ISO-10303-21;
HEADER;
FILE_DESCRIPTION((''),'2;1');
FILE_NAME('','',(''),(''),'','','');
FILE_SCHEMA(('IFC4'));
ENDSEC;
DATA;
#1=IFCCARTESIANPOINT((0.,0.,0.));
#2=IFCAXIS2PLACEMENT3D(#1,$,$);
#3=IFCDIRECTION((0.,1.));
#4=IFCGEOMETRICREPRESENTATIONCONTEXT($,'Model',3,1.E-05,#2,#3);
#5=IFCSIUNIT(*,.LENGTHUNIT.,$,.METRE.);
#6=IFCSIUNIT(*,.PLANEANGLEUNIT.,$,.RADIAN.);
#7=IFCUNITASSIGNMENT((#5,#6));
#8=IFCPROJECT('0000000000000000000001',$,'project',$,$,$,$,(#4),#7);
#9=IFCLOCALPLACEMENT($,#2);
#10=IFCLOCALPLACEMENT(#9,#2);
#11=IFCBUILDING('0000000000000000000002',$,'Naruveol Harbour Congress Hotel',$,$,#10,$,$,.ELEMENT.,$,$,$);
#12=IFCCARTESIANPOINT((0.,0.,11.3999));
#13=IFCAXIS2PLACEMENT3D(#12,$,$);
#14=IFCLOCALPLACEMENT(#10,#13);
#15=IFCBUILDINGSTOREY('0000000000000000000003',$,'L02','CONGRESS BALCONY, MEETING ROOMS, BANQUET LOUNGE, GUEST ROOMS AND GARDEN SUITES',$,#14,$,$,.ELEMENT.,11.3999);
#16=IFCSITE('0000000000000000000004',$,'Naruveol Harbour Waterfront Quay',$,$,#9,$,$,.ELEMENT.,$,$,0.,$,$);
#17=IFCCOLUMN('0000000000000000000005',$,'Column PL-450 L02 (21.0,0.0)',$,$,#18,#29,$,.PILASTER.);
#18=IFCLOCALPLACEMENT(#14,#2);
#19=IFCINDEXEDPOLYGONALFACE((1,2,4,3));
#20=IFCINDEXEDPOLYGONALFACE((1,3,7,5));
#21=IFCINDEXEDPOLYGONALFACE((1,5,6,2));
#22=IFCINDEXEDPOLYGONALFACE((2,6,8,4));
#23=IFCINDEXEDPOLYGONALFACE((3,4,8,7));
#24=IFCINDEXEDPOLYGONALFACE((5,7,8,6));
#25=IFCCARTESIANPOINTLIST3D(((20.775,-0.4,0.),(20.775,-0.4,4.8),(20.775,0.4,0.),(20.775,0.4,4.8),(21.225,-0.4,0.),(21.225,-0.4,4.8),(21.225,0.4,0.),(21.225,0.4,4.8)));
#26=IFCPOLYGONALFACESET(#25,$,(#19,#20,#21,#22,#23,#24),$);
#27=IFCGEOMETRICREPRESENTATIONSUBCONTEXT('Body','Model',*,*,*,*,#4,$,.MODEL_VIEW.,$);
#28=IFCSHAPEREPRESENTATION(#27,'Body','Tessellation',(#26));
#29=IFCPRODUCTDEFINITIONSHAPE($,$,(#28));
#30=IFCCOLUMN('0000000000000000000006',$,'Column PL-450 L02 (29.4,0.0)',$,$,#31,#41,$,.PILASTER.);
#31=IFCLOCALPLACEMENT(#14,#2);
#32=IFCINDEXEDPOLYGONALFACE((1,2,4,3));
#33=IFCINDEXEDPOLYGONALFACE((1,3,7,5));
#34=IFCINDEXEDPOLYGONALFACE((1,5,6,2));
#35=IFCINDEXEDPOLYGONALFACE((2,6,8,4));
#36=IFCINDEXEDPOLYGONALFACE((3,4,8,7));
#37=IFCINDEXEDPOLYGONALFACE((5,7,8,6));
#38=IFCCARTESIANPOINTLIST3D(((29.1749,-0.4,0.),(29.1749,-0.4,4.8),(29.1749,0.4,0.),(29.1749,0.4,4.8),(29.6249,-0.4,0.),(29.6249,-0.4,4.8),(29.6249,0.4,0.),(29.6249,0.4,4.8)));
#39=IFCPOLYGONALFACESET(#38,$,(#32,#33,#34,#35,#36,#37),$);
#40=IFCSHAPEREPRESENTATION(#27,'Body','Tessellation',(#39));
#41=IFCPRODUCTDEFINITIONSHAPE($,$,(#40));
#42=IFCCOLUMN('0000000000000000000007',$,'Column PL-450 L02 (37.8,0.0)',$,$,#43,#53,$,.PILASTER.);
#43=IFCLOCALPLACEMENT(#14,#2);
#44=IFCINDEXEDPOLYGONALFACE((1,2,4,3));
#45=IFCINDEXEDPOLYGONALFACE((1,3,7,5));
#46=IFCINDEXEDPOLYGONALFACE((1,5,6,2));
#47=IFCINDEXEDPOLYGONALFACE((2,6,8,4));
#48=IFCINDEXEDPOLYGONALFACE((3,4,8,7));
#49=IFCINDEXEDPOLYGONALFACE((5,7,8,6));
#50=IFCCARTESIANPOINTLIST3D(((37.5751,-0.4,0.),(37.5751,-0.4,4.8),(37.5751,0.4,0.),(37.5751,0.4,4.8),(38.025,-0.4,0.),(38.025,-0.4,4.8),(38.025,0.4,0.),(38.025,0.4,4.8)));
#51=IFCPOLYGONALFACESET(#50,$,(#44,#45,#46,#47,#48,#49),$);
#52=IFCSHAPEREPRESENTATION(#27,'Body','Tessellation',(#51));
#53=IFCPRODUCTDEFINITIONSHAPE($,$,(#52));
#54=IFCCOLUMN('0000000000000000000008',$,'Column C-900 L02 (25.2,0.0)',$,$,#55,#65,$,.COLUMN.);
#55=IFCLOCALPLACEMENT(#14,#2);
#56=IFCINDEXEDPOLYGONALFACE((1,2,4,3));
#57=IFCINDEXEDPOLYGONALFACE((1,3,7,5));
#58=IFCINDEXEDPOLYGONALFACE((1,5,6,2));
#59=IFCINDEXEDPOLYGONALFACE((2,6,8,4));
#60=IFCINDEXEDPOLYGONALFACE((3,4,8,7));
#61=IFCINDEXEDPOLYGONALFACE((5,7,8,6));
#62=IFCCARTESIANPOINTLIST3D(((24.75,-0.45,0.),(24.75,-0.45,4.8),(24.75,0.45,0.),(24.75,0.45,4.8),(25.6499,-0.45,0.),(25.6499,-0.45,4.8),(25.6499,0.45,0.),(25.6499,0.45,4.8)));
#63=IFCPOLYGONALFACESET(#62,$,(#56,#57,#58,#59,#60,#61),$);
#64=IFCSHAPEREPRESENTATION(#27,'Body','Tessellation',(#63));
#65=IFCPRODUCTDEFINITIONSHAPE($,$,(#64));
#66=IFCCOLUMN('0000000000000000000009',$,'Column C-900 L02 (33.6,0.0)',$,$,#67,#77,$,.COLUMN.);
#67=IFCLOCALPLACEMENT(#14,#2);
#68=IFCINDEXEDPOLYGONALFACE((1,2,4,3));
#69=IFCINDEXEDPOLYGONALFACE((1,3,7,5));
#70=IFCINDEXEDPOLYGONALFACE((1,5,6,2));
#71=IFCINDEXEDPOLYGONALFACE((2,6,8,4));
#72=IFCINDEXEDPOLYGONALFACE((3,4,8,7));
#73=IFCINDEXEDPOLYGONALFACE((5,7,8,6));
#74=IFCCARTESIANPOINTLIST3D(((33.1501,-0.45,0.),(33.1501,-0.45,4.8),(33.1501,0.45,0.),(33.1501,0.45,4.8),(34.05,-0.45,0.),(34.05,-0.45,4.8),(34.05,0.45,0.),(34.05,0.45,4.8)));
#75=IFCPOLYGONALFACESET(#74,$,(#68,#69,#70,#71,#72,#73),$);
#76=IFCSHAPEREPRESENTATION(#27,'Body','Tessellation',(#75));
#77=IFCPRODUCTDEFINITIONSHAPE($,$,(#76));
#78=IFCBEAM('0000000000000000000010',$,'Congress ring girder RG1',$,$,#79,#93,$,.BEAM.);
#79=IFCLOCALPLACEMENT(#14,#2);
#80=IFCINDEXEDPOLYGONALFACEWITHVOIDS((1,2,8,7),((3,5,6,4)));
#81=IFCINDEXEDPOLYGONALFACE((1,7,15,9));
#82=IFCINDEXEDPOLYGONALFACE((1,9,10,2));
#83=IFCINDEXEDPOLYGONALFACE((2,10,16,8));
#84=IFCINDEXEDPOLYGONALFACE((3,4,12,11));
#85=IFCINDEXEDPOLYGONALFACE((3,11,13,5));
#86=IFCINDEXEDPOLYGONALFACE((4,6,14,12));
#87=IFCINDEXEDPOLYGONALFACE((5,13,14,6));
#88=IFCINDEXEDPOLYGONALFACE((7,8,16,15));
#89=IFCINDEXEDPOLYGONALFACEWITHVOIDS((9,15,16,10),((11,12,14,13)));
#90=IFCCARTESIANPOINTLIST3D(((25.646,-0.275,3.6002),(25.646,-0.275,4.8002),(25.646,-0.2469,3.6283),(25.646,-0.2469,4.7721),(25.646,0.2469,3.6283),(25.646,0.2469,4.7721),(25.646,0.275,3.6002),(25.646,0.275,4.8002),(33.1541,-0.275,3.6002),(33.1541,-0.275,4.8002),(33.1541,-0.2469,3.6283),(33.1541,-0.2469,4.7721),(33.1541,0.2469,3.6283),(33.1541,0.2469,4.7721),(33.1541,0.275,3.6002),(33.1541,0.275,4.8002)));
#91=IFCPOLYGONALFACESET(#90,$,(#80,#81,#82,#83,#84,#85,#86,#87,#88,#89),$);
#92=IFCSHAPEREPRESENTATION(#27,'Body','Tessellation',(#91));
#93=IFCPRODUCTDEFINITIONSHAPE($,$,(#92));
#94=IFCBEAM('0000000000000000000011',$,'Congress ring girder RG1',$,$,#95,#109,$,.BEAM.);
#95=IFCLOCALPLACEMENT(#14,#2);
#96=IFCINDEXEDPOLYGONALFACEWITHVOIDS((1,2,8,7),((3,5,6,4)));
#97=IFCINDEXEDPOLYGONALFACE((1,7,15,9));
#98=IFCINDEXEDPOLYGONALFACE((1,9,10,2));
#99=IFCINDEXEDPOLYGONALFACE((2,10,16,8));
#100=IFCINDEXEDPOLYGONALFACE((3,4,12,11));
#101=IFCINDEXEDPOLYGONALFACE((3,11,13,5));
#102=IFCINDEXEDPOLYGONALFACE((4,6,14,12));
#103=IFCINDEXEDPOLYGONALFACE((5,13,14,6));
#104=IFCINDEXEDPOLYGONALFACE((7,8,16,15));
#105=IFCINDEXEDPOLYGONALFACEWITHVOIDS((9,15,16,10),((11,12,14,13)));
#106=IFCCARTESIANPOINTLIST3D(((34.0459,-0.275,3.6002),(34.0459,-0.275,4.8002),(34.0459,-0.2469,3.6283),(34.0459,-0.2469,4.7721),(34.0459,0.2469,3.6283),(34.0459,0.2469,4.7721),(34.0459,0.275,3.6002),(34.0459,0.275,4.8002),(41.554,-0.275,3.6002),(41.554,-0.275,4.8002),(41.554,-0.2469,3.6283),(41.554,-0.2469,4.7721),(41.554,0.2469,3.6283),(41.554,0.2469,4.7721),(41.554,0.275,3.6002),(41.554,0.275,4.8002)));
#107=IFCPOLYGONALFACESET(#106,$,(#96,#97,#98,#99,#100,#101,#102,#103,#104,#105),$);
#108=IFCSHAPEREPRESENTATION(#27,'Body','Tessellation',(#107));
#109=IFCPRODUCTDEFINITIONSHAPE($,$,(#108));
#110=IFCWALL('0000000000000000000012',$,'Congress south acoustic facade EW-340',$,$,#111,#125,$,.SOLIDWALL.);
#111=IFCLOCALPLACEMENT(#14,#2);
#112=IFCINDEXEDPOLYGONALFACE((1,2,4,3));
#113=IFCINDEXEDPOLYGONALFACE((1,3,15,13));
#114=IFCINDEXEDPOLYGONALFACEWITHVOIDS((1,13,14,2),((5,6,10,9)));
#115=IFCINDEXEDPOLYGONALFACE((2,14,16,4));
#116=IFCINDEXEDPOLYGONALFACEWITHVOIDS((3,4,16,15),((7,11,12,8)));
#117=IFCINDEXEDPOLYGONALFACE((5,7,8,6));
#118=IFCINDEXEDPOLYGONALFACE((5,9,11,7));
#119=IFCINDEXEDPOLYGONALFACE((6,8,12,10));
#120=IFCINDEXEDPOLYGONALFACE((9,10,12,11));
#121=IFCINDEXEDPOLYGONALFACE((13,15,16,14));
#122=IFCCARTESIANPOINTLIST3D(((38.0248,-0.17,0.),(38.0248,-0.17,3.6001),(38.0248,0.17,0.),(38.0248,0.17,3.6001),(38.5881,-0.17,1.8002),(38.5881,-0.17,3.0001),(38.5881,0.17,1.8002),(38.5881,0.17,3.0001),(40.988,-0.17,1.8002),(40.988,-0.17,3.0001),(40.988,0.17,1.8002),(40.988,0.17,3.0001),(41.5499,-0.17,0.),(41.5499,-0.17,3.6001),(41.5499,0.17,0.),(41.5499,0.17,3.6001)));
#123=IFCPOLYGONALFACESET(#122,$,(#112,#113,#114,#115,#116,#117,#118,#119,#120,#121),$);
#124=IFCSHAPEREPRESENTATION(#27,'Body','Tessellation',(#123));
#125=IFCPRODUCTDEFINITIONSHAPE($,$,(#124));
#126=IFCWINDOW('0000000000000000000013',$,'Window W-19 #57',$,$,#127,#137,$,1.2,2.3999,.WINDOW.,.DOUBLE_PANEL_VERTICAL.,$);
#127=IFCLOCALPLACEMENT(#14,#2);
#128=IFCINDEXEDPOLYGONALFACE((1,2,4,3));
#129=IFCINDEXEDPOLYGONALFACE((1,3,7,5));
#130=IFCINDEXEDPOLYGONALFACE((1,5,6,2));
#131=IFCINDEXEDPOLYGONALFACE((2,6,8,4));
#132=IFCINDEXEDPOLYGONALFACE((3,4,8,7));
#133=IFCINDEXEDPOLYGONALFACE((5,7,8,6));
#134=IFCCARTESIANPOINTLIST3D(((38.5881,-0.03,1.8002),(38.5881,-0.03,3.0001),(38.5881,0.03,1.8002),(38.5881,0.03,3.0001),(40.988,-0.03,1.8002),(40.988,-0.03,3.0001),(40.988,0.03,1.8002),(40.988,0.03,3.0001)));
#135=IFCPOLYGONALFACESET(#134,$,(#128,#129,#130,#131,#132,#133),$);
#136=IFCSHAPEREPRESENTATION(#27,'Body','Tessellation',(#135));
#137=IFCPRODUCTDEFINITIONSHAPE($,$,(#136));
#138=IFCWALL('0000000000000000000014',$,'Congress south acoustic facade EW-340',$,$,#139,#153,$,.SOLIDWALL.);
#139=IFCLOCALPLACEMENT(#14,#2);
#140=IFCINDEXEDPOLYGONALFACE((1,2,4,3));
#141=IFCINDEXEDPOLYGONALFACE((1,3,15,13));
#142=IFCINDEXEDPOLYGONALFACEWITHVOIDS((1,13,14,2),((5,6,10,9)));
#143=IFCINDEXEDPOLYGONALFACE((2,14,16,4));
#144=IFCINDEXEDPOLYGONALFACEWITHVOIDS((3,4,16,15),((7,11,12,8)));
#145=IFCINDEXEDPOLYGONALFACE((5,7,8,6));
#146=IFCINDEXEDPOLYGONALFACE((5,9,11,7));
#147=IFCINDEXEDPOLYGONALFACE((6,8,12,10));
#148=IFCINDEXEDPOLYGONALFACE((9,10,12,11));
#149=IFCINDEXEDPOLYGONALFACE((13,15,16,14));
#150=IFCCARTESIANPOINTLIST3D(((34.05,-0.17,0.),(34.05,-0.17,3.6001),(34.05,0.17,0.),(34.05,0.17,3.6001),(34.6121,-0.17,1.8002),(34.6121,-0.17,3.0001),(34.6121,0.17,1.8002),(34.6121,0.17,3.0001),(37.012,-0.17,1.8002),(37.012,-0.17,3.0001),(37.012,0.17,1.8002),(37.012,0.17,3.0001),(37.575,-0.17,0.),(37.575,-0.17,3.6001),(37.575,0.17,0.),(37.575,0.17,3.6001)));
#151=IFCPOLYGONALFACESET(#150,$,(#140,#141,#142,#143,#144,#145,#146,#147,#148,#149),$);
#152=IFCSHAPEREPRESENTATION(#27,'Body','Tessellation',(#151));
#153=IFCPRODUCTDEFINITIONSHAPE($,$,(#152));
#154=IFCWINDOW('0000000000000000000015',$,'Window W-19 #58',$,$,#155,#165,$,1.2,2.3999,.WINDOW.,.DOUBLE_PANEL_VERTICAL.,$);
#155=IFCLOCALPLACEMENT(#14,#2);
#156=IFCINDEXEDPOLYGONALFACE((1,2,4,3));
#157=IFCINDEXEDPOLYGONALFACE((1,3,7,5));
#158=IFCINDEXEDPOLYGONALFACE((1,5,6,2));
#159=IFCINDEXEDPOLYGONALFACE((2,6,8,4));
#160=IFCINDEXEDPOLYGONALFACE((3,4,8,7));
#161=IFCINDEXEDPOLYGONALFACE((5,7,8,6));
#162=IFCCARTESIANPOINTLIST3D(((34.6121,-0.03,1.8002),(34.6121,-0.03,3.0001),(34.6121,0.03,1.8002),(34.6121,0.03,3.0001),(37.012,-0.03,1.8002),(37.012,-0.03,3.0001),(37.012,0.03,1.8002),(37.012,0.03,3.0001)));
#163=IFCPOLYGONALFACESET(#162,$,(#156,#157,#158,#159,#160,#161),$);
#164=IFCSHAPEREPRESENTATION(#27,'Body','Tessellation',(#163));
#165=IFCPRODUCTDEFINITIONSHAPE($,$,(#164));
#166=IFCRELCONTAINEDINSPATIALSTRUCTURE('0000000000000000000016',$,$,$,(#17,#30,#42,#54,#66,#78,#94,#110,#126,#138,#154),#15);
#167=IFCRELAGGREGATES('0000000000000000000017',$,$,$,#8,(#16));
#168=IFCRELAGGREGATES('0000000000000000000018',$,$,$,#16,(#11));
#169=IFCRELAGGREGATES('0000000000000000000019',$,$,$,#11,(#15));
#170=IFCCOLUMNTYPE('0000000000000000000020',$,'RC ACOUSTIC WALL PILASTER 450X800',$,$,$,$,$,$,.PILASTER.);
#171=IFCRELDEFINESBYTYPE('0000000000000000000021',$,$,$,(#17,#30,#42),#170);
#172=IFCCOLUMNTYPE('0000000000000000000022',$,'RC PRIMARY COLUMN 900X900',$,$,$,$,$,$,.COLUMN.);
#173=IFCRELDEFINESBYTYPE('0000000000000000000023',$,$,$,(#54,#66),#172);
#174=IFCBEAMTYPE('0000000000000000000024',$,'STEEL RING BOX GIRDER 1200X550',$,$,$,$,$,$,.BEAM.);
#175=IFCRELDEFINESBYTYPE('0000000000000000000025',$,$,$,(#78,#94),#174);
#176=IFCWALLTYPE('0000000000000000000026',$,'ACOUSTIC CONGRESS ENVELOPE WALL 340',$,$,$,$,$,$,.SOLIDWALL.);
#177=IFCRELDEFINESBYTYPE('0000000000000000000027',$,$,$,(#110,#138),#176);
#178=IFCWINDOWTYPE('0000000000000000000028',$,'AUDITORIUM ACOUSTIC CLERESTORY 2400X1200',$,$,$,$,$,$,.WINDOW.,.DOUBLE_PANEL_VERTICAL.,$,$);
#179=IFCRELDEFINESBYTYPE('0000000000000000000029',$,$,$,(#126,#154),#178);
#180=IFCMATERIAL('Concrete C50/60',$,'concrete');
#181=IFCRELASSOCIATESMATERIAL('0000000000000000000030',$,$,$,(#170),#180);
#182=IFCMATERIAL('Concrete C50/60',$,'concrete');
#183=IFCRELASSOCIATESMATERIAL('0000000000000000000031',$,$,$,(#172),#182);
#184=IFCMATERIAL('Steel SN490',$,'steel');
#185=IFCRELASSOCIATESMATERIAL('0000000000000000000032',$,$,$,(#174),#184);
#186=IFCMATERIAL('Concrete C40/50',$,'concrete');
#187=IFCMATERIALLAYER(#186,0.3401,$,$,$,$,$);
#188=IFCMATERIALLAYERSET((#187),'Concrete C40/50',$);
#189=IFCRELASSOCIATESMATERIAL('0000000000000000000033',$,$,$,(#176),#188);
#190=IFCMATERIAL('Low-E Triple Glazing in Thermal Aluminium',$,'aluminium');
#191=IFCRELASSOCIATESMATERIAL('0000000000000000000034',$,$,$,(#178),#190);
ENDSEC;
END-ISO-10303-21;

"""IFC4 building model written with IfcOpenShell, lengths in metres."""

from ifc_helpers import new_model, si_unit, direction, frame, frame_2d, origin, origin_2d, place, context, subcontext, project, spatial, rectangle, hollow_rectangle, extrude, material, layer, layer_set, material_profile, profile_set, type_object, element, fill, save


model = new_model("IFC4")

# Units and contexts
model_context = context("Model", 3, precision=1e-05, world=origin(), true_north=direction((0.0, 1.0)))
body_context = subcontext(model_context, "Body", "Model", "MODEL_VIEW")
ifc_project = project(units=[si_unit("LENGTHUNIT", "METRE"), si_unit("PLANEANGLEUNIT", "RADIAN")], contexts=[model_context])

# Site, building, storey
site_placement = place(None, origin())
site = spatial("IfcSite", under=ifc_project, at=site_placement, Name="Naruveol Harbour Waterfront Quay", CompositionType="ELEMENT", RefElevation=0.0)
building_placement = place(site_placement, origin())
building = spatial("IfcBuilding", under=site, at=building_placement, Name="Naruveol Harbour Congress Hotel", CompositionType="ELEMENT")
storey_placement = place(building_placement, frame((0.0, 0.0, 11.3999)))
storey = spatial("IfcBuildingStorey", under=building, at=storey_placement, Name="L02", Description="CONGRESS BALCONY, MEETING ROOMS, BANQUET LOUNGE, GUEST ROOMS AND GARDEN SUITES", CompositionType="ELEMENT", Elevation=11.3999)

# Columns
ifc_material_1 = material(Name="Concrete C50/60", Category="concrete")
ifc_material_profile_1 = material_profile(ifc_material_1, rectangle(XDim=0.45, YDim=0.8, at=origin_2d()), Name="RC-450x800")
ifc_profile_set_1 = profile_set([ifc_material_profile_1], Name="Concrete C50/60")
column_type_1 = type_object("IfcColumnType", Name="RC ACOUSTIC WALL PILASTER 450X800", PredefinedType="PILASTER", material=ifc_profile_set_1)
for number, where, z_axis, x_axis, name in (
    (1, (21.0, 0.0, 0.0), (0.0, 0.0, 1.0), (1.0, 0.0, 0.0), "Column PL-450 L02 (21.0,0.0)"),
    (2, (29.3999, 0.0, 0.0), (0.0, 0.0, 1.0), (1.0, 0.0, 0.0), "Column PL-450 L02 (29.4,0.0)"),
    (3, (37.8, 0.0, 0.0), (0.0, 0.0, 1.0), (1.0, 0.0, 0.0), "Column PL-450 L02 (37.8,0.0)"),
):
    element("IfcColumn", number, at=place(storey_placement, frame(where, z_axis=z_axis, x_axis=x_axis)), inside=storey, type_object=column_type_1, Name=name, PredefinedType="PILASTER", context=body_context, shape_type="SweptSolid", body=[
        extrude(rectangle(XDim=0.45, YDim=0.8, at=origin_2d()), origin(), (0.0, 0.0, 1.0), 4.8),
    ])
ifc_material_2 = material(Name="Concrete C50/60", Category="concrete")
ifc_material_profile_2 = material_profile(ifc_material_2, rectangle(XDim=0.8999, YDim=0.8999, at=origin_2d()), Name="RC-900x900")
ifc_profile_set_2 = profile_set([ifc_material_profile_2], Name="Concrete C50/60")
column_type_2 = type_object("IfcColumnType", Name="RC PRIMARY COLUMN 900X900", PredefinedType="COLUMN", material=ifc_profile_set_2)
for number, where, z_axis, x_axis, name in (
    (4, (25.2, 0.0, 0.0), (0.0, 0.0, 1.0), (1.0, 0.0, 0.0), "Column C-900 L02 (25.2,0.0)"),
    (5, (33.6001, 0.0, 0.0), (0.0, 0.0, 1.0), (1.0, 0.0, 0.0), "Column C-900 L02 (33.6,0.0)"),
):
    element("IfcColumn", number, at=place(storey_placement, frame(where, z_axis=z_axis, x_axis=x_axis)), inside=storey, type_object=column_type_2, Name=name, PredefinedType="COLUMN", context=body_context, shape_type="SweptSolid", body=[
        extrude(rectangle(XDim=0.8999, YDim=0.8999, at=origin_2d()), origin(), (0.0, 0.0, 1.0), 4.8),
    ])

# Beams
ifc_material_3 = material(Name="Steel SN490", Category="steel")
ifc_material_profile_3 = material_profile(ifc_material_3, hollow_rectangle(XDim=0.55, YDim=1.2, WallThickness=0.0281, at=origin_2d()), Name="RHS-1200x550x28")
ifc_profile_set_3 = profile_set([ifc_material_profile_3], Name="Steel SN490")
beam_type = type_object("IfcBeamType", Name="STEEL RING BOX GIRDER 1200X550", PredefinedType="BEAM", material=ifc_profile_set_3)
for number, where, z_axis, x_axis, name in (
    (6, (25.646, 0.0, 4.2002), (1.0, 0.0, 0.0), (0.0, 1.0, 0.0), "Congress ring girder RG1"),
    (7, (34.0459, 0.0, 4.2002), (1.0, 0.0, 0.0), (0.0, 1.0, 0.0), "Congress ring girder RG1"),
):
    element("IfcBeam", number, at=place(storey_placement, frame(where, z_axis=z_axis, x_axis=x_axis)), inside=storey, type_object=beam_type, Name=name, PredefinedType="BEAM", context=body_context, shape_type="SweptSolid", body=[
        extrude(hollow_rectangle(XDim=0.55, YDim=1.2, WallThickness=0.0281, at=origin_2d()), origin(), (0.0, 0.0, 1.0), 7.5081),
    ])

# Walls, openings, windows
ifc_material_4 = material(Name="Concrete C40/50", Category="concrete")
ifc_layer_1 = layer(ifc_material_4, 0.3401)
ifc_layer_set_1 = layer_set([ifc_layer_1], Name="Concrete C40/50")
wall_type = type_object("IfcWallType", Name="ACOUSTIC CONGRESS ENVELOPE WALL 340", PredefinedType="SOLIDWALL", material=ifc_layer_set_1)
wall_1_placement = place(storey_placement, frame((41.55, 0.0, 0.0), z_axis=(0.0, 0.0, 1.0), x_axis=(-1.0, 0.0, 0.0)))
wall_1 = element("IfcWall", 8, at=wall_1_placement, inside=storey, type_object=wall_type, Name="Congress south acoustic facade EW-340", PredefinedType="SOLIDWALL", context=body_context, shape_type="SweptSolid", body=[
    extrude(rectangle(XDim=3.5251, YDim=0.3401, at=frame_2d((1.7627, 0.0))), origin(), (0.0, 0.0, 1.0), 3.6001),
])
opening_1_placement = place(wall_1_placement, frame((0.562, 0.0, 1.8)))
opening_1 = element("IfcOpeningElement", 9, at=opening_1_placement, cuts=wall_1, PredefinedType="OPENING", context=body_context, shape_type="SweptSolid", body=[
    extrude(rectangle(XDim=2.3999, YDim=1.2, at=frame_2d((1.2, 0.6001))), frame((0.0, 0.1799, 0.0), z_axis=(0.0, -1.0, 0.0), x_axis=(1.0, 0.0, 0.0)), (0.0, 0.0, 1.0), 0.3601),
])
ifc_material_5 = material(Name="Low-E Triple Glazing in Thermal Aluminium", Category="aluminium")
window_type = type_object("IfcWindowType", Name="AUDITORIUM ACOUSTIC CLERESTORY 2400X1200", PartitioningType="DOUBLE_PANEL_VERTICAL", PredefinedType="WINDOW", material=ifc_material_5)
window_1_placement = place(opening_1_placement, origin())
window_1 = element("IfcWindow", 10, at=window_1_placement, inside=storey, type_object=window_type, Name="Window W-19 #57", OverallHeight=1.2, OverallWidth=2.3999, PartitioningType="DOUBLE_PANEL_VERTICAL", PredefinedType="WINDOW", context=body_context, shape_type="SweptSolid", body=[
    extrude(rectangle(XDim=2.3999, YDim=1.2, at=frame_2d((1.2, 0.6001))), frame((0.0, 0.03, 0.0), z_axis=(0.0, -1.0, 0.0), x_axis=(1.0, 0.0, 0.0)), (0.0, 0.0, 1.0), 0.0601),
])
fill(opening_1, window_1)
wall_2_placement = place(storey_placement, frame((37.575, 0.0, 0.0), z_axis=(0.0, 0.0, 1.0), x_axis=(-1.0, 0.0, 0.0)))
wall_2 = element("IfcWall", 11, at=wall_2_placement, inside=storey, type_object=wall_type, Name="Congress south acoustic facade EW-340", PredefinedType="SOLIDWALL", context=body_context, shape_type="SweptSolid", body=[
    extrude(rectangle(XDim=3.5249, YDim=0.3401, at=frame_2d((1.7625, 0.0))), origin(), (0.0, 0.0, 1.0), 3.6001),
])
opening_2_placement = place(wall_2_placement, frame((0.563, 0.0, 1.8)))
opening_2 = element("IfcOpeningElement", 12, at=opening_2_placement, cuts=wall_2, PredefinedType="OPENING", context=body_context, shape_type="SweptSolid", body=[
    extrude(rectangle(XDim=2.3999, YDim=1.2, at=frame_2d((1.2, 0.6001))), frame((0.0, 0.1799, 0.0), z_axis=(0.0, -1.0, 0.0), x_axis=(1.0, 0.0, 0.0)), (0.0, 0.0, 1.0), 0.3601),
])
window_2_placement = place(opening_2_placement, origin())
window_2 = element("IfcWindow", 13, at=window_2_placement, inside=storey, type_object=window_type, Name="Window W-19 #58", OverallHeight=1.2, OverallWidth=2.3999, PartitioningType="DOUBLE_PANEL_VERTICAL", PredefinedType="WINDOW", context=body_context, shape_type="SweptSolid", body=[
    extrude(rectangle(XDim=2.3999, YDim=1.2, at=frame_2d((1.2, 0.6001))), frame((0.0, 0.03, 0.0), z_axis=(0.0, -1.0, 0.0), x_axis=(1.0, 0.0, 0.0)), (0.0, 0.0, 1.0), 0.0601),
])
fill(opening_2, window_2)

save(model, "model.ifc")
